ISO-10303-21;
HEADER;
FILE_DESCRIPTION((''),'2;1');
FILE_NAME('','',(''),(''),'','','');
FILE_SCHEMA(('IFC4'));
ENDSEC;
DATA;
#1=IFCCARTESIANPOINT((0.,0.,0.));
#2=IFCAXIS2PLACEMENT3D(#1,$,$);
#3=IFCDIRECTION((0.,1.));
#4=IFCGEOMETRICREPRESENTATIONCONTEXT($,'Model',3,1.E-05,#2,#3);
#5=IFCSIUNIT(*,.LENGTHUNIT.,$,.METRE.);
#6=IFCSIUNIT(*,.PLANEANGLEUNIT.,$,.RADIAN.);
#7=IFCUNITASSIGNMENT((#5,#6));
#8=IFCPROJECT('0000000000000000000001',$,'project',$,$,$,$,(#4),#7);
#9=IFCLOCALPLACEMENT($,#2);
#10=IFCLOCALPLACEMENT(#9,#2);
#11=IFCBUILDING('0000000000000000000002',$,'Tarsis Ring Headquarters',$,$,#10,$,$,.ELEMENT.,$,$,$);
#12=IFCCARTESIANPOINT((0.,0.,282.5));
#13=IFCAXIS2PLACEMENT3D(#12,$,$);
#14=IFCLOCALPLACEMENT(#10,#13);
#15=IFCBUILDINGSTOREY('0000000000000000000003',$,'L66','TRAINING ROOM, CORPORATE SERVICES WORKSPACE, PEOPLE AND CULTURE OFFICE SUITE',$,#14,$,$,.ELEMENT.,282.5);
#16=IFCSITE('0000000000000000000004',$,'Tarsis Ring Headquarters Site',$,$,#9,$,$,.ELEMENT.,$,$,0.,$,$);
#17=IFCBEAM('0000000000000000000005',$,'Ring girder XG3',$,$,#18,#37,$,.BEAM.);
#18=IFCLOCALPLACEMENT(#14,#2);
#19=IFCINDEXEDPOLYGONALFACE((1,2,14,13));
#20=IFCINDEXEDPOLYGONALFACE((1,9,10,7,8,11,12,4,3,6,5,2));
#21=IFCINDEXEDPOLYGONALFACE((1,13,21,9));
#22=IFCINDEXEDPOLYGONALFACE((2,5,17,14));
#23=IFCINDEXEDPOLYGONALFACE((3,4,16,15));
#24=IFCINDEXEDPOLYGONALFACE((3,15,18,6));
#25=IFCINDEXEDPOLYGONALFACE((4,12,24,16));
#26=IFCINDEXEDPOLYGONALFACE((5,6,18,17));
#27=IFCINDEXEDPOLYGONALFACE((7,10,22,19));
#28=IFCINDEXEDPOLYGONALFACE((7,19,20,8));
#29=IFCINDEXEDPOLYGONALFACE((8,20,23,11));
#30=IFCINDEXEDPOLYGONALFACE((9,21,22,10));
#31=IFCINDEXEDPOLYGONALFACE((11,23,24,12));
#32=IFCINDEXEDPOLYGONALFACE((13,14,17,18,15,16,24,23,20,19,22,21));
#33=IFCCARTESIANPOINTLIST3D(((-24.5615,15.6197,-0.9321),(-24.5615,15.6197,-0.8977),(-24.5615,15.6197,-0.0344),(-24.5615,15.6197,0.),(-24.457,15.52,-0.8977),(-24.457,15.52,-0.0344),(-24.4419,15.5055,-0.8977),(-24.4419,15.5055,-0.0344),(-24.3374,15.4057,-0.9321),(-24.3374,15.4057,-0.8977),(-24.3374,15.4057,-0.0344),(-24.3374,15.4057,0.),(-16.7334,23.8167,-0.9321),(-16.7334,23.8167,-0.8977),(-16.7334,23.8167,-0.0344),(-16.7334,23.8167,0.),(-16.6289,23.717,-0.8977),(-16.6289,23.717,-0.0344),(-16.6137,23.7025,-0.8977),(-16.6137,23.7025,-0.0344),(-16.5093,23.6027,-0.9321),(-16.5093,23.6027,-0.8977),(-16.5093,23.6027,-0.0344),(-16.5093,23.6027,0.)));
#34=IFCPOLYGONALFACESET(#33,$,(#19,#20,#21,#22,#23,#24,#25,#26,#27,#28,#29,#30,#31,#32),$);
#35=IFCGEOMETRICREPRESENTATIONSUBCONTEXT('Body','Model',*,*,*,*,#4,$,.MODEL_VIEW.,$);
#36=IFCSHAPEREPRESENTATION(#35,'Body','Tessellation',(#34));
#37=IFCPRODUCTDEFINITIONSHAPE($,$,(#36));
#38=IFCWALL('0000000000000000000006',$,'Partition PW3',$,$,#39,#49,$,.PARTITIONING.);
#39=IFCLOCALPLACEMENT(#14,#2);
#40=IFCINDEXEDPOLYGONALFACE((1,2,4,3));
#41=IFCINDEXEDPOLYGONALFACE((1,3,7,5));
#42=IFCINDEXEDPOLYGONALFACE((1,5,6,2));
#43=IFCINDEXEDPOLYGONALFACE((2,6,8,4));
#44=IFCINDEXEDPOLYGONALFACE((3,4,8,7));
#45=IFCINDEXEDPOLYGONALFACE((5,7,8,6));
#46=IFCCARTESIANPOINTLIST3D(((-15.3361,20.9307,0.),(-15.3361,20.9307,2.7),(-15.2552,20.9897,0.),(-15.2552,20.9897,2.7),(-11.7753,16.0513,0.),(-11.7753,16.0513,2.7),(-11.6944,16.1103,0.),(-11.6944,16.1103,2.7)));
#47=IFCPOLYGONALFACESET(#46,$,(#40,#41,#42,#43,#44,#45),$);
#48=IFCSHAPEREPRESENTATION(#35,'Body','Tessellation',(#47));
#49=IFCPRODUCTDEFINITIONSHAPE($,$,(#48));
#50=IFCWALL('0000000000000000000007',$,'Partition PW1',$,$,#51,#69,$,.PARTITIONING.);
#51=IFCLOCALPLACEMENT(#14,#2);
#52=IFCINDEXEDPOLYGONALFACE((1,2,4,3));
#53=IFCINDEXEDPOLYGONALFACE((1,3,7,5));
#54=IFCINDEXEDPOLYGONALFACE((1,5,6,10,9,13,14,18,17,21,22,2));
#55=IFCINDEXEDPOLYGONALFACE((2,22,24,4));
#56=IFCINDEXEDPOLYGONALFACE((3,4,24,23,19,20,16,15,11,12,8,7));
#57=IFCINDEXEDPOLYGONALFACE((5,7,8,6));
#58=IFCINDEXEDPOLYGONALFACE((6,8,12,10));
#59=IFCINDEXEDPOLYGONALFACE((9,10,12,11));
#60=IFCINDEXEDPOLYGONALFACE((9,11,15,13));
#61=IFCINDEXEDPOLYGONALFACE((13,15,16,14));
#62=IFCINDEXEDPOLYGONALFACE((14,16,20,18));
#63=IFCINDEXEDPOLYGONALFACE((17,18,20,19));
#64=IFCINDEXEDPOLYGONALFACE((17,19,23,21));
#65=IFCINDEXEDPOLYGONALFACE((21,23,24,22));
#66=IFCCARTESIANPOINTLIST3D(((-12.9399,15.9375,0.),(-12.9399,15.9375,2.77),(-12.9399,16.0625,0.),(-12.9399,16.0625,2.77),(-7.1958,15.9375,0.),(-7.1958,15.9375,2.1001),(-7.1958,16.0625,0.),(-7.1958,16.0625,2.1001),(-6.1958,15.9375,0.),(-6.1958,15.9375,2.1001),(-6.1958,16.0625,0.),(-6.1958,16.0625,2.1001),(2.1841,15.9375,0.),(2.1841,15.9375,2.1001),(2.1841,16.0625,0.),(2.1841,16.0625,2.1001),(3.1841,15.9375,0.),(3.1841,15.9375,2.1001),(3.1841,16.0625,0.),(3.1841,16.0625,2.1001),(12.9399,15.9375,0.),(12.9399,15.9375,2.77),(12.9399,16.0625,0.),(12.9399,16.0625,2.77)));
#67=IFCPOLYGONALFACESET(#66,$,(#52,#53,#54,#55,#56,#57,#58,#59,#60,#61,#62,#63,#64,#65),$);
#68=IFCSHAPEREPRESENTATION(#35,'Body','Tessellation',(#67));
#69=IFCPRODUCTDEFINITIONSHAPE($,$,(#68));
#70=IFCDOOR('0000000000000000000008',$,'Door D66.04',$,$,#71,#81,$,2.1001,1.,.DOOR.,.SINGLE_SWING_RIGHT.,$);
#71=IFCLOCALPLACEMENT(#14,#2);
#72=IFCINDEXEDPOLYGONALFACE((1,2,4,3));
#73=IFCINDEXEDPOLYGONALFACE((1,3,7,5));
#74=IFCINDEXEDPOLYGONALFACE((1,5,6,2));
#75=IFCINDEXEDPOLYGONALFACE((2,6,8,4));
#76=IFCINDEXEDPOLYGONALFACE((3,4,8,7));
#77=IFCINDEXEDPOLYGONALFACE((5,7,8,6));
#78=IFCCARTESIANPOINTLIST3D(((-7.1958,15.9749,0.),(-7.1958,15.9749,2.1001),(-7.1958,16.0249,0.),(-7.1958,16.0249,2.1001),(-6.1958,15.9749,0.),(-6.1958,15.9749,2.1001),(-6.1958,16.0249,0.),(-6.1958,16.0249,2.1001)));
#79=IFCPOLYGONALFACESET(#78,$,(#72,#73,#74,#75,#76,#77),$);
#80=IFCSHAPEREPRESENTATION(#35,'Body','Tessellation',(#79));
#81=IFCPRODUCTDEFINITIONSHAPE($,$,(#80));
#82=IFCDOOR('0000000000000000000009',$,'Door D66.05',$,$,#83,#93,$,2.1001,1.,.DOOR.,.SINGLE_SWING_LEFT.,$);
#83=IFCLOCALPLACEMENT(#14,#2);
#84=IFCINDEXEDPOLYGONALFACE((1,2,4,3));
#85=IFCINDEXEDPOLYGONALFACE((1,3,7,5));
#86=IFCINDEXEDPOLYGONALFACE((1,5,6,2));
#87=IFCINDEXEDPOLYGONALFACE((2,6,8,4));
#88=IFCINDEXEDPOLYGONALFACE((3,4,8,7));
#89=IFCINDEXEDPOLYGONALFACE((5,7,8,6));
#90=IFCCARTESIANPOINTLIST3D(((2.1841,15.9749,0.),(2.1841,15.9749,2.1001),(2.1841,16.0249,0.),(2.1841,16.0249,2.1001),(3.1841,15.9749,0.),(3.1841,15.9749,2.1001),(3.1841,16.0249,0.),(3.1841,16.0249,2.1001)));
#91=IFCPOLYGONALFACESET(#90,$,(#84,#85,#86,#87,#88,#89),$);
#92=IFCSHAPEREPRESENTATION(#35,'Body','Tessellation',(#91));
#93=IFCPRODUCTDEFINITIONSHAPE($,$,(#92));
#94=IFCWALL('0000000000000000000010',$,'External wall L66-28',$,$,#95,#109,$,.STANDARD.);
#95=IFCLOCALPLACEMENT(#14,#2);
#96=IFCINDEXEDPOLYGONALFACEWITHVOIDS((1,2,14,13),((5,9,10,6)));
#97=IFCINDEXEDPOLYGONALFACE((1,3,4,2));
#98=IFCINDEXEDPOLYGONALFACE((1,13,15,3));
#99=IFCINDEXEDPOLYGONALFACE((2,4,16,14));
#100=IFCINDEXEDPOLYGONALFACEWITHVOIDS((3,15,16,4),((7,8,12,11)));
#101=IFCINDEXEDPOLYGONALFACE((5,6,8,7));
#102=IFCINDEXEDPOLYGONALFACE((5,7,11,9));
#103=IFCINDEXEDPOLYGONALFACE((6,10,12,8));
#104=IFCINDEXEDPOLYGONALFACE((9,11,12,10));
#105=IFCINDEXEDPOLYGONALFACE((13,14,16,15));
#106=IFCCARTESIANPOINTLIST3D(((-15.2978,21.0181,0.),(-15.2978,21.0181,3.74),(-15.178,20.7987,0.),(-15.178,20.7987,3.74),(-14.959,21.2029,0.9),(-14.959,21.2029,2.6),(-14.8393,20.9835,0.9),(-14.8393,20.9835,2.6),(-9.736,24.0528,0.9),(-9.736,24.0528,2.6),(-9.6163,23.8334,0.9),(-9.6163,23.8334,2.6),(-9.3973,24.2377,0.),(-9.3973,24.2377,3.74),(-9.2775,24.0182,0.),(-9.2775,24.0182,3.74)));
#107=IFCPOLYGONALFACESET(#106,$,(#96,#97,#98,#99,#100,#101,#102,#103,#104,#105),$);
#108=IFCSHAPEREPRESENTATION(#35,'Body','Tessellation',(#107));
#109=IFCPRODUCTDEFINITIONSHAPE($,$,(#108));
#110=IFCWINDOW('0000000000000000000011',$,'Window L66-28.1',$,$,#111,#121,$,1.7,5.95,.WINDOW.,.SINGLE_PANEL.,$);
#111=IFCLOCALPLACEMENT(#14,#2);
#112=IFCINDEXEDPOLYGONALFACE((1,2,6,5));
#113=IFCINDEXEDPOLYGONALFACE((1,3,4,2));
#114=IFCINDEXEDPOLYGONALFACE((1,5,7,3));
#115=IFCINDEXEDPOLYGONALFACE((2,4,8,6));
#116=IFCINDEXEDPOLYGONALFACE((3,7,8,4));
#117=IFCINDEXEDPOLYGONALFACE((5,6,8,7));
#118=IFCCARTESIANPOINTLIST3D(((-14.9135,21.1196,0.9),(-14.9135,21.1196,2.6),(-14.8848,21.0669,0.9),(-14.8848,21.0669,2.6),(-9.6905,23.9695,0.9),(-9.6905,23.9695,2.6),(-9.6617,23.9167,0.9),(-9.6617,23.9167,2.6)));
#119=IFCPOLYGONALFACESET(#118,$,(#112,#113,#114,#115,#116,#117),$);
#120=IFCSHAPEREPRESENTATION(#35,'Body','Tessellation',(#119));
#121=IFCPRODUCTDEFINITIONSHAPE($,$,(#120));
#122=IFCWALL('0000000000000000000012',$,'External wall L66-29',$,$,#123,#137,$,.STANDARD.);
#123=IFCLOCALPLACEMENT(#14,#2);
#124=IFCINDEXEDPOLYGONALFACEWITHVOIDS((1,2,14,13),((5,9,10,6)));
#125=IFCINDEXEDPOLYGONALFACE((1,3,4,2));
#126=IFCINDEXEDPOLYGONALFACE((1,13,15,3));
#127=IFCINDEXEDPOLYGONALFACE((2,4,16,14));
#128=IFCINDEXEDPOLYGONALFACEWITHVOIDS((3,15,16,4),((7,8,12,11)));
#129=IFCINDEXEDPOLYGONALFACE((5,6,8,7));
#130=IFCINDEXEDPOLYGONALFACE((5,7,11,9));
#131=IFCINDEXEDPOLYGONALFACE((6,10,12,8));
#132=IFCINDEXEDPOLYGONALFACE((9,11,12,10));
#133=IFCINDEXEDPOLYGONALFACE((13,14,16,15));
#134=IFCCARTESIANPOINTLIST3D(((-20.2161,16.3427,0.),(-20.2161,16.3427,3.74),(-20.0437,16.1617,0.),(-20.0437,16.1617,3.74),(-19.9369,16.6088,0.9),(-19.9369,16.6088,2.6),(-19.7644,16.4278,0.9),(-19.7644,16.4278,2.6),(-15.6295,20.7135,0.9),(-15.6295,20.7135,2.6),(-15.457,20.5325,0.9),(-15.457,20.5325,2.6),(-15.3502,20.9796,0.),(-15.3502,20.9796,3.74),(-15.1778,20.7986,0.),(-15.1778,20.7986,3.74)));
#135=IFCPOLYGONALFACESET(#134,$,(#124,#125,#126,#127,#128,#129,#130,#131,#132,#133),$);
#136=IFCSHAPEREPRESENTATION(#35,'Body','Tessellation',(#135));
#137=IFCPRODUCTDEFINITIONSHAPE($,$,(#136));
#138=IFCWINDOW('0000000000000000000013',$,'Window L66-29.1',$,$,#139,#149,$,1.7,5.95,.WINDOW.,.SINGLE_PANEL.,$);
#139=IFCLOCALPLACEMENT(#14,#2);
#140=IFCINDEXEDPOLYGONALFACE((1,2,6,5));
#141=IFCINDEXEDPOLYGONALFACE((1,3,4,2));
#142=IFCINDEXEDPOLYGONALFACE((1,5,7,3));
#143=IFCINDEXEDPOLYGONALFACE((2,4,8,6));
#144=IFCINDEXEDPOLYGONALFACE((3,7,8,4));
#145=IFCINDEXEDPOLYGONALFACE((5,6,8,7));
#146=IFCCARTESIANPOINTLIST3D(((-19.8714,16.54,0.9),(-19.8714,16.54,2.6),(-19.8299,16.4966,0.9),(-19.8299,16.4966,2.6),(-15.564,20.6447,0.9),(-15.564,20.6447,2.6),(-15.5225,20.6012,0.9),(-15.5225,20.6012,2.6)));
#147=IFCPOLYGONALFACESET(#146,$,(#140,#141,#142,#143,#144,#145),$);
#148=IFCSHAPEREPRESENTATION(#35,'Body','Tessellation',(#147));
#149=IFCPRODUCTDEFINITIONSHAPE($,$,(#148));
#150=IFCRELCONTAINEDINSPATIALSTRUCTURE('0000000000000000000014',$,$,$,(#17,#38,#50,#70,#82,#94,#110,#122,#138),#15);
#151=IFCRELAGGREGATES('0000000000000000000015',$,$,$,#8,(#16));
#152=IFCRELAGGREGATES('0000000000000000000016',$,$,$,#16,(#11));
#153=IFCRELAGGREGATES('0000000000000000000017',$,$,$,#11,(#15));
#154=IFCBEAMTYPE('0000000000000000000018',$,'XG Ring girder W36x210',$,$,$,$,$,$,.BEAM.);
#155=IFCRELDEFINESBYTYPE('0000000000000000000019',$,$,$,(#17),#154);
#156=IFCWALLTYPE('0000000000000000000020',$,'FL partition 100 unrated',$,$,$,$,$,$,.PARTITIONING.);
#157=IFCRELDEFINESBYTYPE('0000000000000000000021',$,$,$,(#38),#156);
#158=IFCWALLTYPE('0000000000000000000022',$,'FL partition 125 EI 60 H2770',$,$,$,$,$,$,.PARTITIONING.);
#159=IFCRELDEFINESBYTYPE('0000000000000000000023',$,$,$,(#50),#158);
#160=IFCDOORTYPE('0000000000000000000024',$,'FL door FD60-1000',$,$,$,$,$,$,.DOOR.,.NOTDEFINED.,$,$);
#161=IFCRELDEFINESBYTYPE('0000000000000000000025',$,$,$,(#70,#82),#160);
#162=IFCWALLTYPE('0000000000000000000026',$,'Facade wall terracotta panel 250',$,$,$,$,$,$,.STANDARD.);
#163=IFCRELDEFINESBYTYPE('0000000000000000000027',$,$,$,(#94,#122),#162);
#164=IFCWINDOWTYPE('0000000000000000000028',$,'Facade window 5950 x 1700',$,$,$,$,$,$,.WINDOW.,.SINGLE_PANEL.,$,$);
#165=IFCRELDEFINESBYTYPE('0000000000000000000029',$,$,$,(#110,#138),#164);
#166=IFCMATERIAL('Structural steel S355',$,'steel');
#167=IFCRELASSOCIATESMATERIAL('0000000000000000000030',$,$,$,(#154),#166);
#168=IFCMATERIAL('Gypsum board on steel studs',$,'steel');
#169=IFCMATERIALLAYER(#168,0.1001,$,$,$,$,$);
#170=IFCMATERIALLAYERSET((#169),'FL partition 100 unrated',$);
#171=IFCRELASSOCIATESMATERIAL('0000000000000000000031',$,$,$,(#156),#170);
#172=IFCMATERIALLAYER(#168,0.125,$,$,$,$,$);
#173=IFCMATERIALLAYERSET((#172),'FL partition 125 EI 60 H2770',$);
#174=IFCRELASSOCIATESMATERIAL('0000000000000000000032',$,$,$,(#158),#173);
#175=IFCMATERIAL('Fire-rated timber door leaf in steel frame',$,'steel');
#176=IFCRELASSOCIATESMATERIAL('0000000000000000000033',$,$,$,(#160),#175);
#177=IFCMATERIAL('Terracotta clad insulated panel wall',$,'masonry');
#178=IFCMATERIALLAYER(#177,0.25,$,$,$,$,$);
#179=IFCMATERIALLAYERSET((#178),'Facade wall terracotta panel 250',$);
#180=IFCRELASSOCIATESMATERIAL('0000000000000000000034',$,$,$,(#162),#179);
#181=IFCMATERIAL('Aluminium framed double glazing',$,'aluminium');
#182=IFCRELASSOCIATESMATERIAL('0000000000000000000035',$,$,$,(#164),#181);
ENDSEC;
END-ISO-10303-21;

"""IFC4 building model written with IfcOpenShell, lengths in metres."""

from ifc_helpers import new_model, si_unit, direction, frame, frame_2d, origin, origin_2d, place, context, subcontext, project, spatial, rectangle, i_section, extrude, material, layer, layer_set, material_profile, profile_set, type_object, element, fill, save


model = new_model("IFC4")

# Units and contexts
model_context = context("Model", 3, precision=1e-05, world=origin(), true_north=direction((0.0, 1.0)))
body_context = subcontext(model_context, "Body", "Model", "MODEL_VIEW")
ifc_project = project(units=[si_unit("LENGTHUNIT", "METRE"), si_unit("PLANEANGLEUNIT", "RADIAN")], contexts=[model_context])

# Site, building, storey
site_placement = place(None, origin())
site = spatial("IfcSite", under=ifc_project, at=site_placement, Name="Tarsis Ring Headquarters Site", CompositionType="ELEMENT", RefElevation=0.0)
building_placement = place(site_placement, origin())
building = spatial("IfcBuilding", under=site, at=building_placement, Name="Tarsis Ring Headquarters", CompositionType="ELEMENT")
storey_placement = place(building_placement, frame((0.0, 0.0, 282.5)))
storey = spatial("IfcBuildingStorey", under=building, at=storey_placement, Name="L66", Description="TRAINING ROOM, CORPORATE SERVICES WORKSPACE, PEOPLE AND CULTURE OFFICE SUITE", CompositionType="ELEMENT", Elevation=282.5)

# Shared definitions
ifc_material_1 = material(Name="Structural steel S355", Category="steel")

# Beam
ifc_material_profile_1 = material_profile(ifc_material_1, i_section(OverallWidth=0.3098, OverallDepth=0.9321, WebThickness=0.021, FlangeThickness=0.0344, at=origin_2d()), Name="W36x210")
ifc_profile_set_1 = profile_set([ifc_material_profile_1], Name="Structural steel S355")
beam_type_1 = type_object("IfcBeamType", Name="XG Ring girder W36x210", PredefinedType="BEAM", material=ifc_profile_set_1)
beam_1_placement = place(storey_placement, frame((-16.6213, 23.7097, -0.4661), z_axis=(-0.690646, -0.723193, 0.0), x_axis=(0.723193, -0.690646, 0.0)))
element("IfcBeam", 1, at=beam_1_placement, inside=storey, type_object=beam_type_1, Name="Ring girder XG3", PredefinedType="BEAM", context=body_context, shape_type="SweptSolid", body=[
    extrude(i_section(OverallWidth=0.3098, OverallDepth=0.9321, WebThickness=0.021, FlangeThickness=0.0344, at=origin_2d()), origin(), (0.0, 0.0, 1.0), 11.3345),
])

# Wall
ifc_material_2 = material(Name="Gypsum board on steel studs", Category="steel")
ifc_layer_1 = layer(ifc_material_2, 0.1001)
ifc_layer_set_1 = layer_set([ifc_layer_1], Name="FL partition 100 unrated")
wall_type_1 = type_object("IfcWallType", Name="FL partition 100 unrated", PredefinedType="PARTITIONING", material=ifc_layer_set_1)
wall_1_placement = place(storey_placement, frame((-15.2957, 20.9602, 0.0), z_axis=(0.0, 0.0, 1.0), x_axis=(0.589485, -0.807779, 0.0)))
element("IfcWall", 2, at=wall_1_placement, inside=storey, type_object=wall_type_1, Name="Partition PW3", PredefinedType="PARTITIONING", context=body_context, shape_type="SweptSolid", body=[
    extrude(rectangle(XDim=6.0405, YDim=0.1001, at=frame_2d((3.0203, 0.0))), origin(), (0.0, 0.0, 1.0), 2.7),
])

# Wall, openings, doors
ifc_layer_2 = layer(ifc_material_2, 0.125)
ifc_layer_set_2 = layer_set([ifc_layer_2], Name="FL partition 125 EI 60 H2770")
wall_type_2 = type_object("IfcWallType", Name="FL partition 125 EI 60 H2770", PredefinedType="PARTITIONING", material=ifc_layer_set_2)
wall_2_placement = place(storey_placement, frame((-12.9399, 16.0, 0.0), z_axis=(0.0, 0.0, 1.0), x_axis=(1.0, 0.0, 0.0)))
wall_2 = element("IfcWall", 3, at=wall_2_placement, inside=storey, type_object=wall_type_2, Name="Partition PW1", PredefinedType="PARTITIONING", context=body_context, shape_type="SweptSolid", body=[
    extrude(rectangle(XDim=25.8799, YDim=0.125, at=frame_2d((12.9399, 0.0))), origin(), (0.0, 0.0, 1.0), 2.77),
])
opening_1_placement = place(wall_2_placement, frame((5.7441, 0.0, 0.0)))
opening_1 = element("IfcOpeningElement", 4, at=opening_1_placement, cuts=wall_2, PredefinedType="OPENING", context=body_context, shape_type="SweptSolid", body=[
    extrude(rectangle(XDim=1.0, YDim=2.1001, at=frame_2d((0.5, 1.05))), frame((0.0, 0.0725, 0.0), z_axis=(0.0, -1.0, 0.0), x_axis=(1.0, 0.0, 0.0)), (0.0, 0.0, 1.0), 0.145),
])
opening_2_placement = place(wall_2_placement, frame((15.124, 0.0, 0.0)))
opening_2 = element("IfcOpeningElement", 5, at=opening_2_placement, cuts=wall_2, PredefinedType="OPENING", context=body_context, shape_type="SweptSolid", body=[
    extrude(rectangle(XDim=1.0, YDim=2.1001, at=frame_2d((0.5, 1.05))), frame((0.0, 0.0725, 0.0), z_axis=(0.0, -1.0, 0.0), x_axis=(1.0, 0.0, 0.0)), (0.0, 0.0, 1.0), 0.145),
])
ifc_material_3 = material(Name="Fire-rated timber door leaf in steel frame", Category="steel")
door_type = type_object("IfcDoorType", Name="FL door FD60-1000", OperationType="NOTDEFINED", PredefinedType="DOOR", material=ifc_material_3)
door_1_placement = place(opening_1_placement, origin())
door_1 = element("IfcDoor", 6, at=door_1_placement, inside=storey, type_object=door_type, Name="Door D66.04", OperationType="SINGLE_SWING_RIGHT", OverallHeight=2.1001, OverallWidth=1.0, PredefinedType="DOOR", context=body_context, shape_type="SweptSolid", body=[
    extrude(rectangle(XDim=1.0, YDim=2.1001, at=frame_2d((0.5, 1.05))), frame((0.0, 0.0249, 0.0), z_axis=(0.0, -1.0, 0.0), x_axis=(1.0, 0.0, 0.0)), (0.0, 0.0, 1.0), 0.05),
])
fill(opening_1, door_1)
door_2_placement = place(opening_2_placement, origin())
door_2 = element("IfcDoor", 7, at=door_2_placement, inside=storey, type_object=door_type, Name="Door D66.05", OperationType="SINGLE_SWING_LEFT", OverallHeight=2.1001, OverallWidth=1.0, PredefinedType="DOOR", context=body_context, shape_type="SweptSolid", body=[
    extrude(rectangle(XDim=1.0, YDim=2.1001, at=frame_2d((0.5, 1.05))), frame((0.0, 0.0249, 0.0), z_axis=(0.0, -1.0, 0.0), x_axis=(1.0, 0.0, 0.0)), (0.0, 0.0, 1.0), 0.05),
])
fill(opening_2, door_2)

# Walls, openings, windows
ifc_material_4 = material(Name="Terracotta clad insulated panel wall", Category="masonry")
ifc_layer_3 = layer(ifc_material_4, 0.25)
ifc_layer_set_3 = layer_set([ifc_layer_3], Name="Facade wall terracotta panel 250")
wall_type_3 = type_object("IfcWallType", Name="Facade wall terracotta panel 250", PredefinedType="STANDARD", material=ifc_layer_set_3)
wall_3_placement = place(storey_placement, frame((-9.3374, 24.1279, 0.0), z_axis=(0.0, 0.0, 1.0), x_axis=(-0.877828, -0.478977, 0.0)))
wall_3 = element("IfcWall", 8, at=wall_3_placement, inside=storey, type_object=wall_type_3, Name="External wall L66-28", PredefinedType="STANDARD", context=body_context, shape_type="SweptSolid", body=[
    extrude(rectangle(XDim=6.7217, YDim=0.25, at=frame_2d((3.3608, 0.0))), origin(), (0.0, 0.0, 1.0), 3.74),
])
opening_3_placement = place(wall_3_placement, frame((0.3857, 0.0, 0.8999)))
opening_3 = element("IfcOpeningElement", 9, at=opening_3_placement, cuts=wall_3, PredefinedType="OPENING", context=body_context, shape_type="SweptSolid", body=[
    extrude(rectangle(XDim=5.95, YDim=1.7, at=frame_2d((2.9751, 0.8501))), frame((0.0, 0.135, 0.0), z_axis=(0.0, -1.0, 0.0), x_axis=(1.0, 0.0, 0.0)), (0.0, 0.0, 1.0), 0.27),
])
ifc_material_5 = material(Name="Aluminium framed double glazing", Category="aluminium")
window_type_1 = type_object("IfcWindowType", Name="Facade window 5950 x 1700", PartitioningType="SINGLE_PANEL", PredefinedType="WINDOW", material=ifc_material_5)
window_1_placement = place(opening_3_placement, origin())
window_1 = element("IfcWindow", 10, at=window_1_placement, inside=storey, type_object=window_type_1, Name="Window L66-28.1", OverallHeight=1.7, OverallWidth=5.95, PartitioningType="SINGLE_PANEL", PredefinedType="WINDOW", context=body_context, shape_type="SweptSolid", body=[
    extrude(rectangle(XDim=5.95, YDim=1.7, at=frame_2d((2.9751, 0.8501))), frame((0.0, 0.03, 0.0), z_axis=(0.0, -1.0, 0.0), x_axis=(1.0, 0.0, 0.0)), (0.0, 0.0, 1.0), 0.0601),
])
fill(opening_3, window_1)
wall_4_placement = place(storey_placement, frame((-15.2639, 20.8892, 0.0), z_axis=(0.0, 0.0, 1.0), x_axis=(-0.723937, -0.689866, 0.0)))
wall_4 = element("IfcWall", 11, at=wall_4_placement, inside=storey, type_object=wall_type_3, Name="External wall L66-29", PredefinedType="STANDARD", context=body_context, shape_type="SweptSolid", body=[
    extrude(rectangle(XDim=6.7214, YDim=0.25, at=frame_2d((3.3608, 0.0))), origin(), (0.0, 0.0, 1.0), 3.74),
])
opening_4_placement = place(wall_4_placement, frame((0.3857, 0.0, 0.8999)))
opening_4 = element("IfcOpeningElement", 12, at=opening_4_placement, cuts=wall_4, PredefinedType="OPENING", context=body_context, shape_type="SweptSolid", body=[
    extrude(rectangle(XDim=5.95, YDim=1.7, at=frame_2d((2.9751, 0.8501))), frame((0.0, 0.135, 0.0), z_axis=(0.0, -1.0, 0.0), x_axis=(1.0, 0.0, 0.0)), (0.0, 0.0, 1.0), 0.27),
])
window_2_placement = place(opening_4_placement, origin())
window_2 = element("IfcWindow", 13, at=window_2_placement, inside=storey, type_object=window_type_1, Name="Window L66-29.1", OverallHeight=1.7, OverallWidth=5.95, PartitioningType="SINGLE_PANEL", PredefinedType="WINDOW", context=body_context, shape_type="SweptSolid", body=[
    extrude(rectangle(XDim=5.95, YDim=1.7, at=frame_2d((2.9751, 0.8501))), frame((0.0, 0.03, 0.0), z_axis=(0.0, -1.0, 0.0), x_axis=(1.0, 0.0, 0.0)), (0.0, 0.0, 1.0), 0.0601),
])
fill(opening_4, window_2)

save(model, "model.ifc")
